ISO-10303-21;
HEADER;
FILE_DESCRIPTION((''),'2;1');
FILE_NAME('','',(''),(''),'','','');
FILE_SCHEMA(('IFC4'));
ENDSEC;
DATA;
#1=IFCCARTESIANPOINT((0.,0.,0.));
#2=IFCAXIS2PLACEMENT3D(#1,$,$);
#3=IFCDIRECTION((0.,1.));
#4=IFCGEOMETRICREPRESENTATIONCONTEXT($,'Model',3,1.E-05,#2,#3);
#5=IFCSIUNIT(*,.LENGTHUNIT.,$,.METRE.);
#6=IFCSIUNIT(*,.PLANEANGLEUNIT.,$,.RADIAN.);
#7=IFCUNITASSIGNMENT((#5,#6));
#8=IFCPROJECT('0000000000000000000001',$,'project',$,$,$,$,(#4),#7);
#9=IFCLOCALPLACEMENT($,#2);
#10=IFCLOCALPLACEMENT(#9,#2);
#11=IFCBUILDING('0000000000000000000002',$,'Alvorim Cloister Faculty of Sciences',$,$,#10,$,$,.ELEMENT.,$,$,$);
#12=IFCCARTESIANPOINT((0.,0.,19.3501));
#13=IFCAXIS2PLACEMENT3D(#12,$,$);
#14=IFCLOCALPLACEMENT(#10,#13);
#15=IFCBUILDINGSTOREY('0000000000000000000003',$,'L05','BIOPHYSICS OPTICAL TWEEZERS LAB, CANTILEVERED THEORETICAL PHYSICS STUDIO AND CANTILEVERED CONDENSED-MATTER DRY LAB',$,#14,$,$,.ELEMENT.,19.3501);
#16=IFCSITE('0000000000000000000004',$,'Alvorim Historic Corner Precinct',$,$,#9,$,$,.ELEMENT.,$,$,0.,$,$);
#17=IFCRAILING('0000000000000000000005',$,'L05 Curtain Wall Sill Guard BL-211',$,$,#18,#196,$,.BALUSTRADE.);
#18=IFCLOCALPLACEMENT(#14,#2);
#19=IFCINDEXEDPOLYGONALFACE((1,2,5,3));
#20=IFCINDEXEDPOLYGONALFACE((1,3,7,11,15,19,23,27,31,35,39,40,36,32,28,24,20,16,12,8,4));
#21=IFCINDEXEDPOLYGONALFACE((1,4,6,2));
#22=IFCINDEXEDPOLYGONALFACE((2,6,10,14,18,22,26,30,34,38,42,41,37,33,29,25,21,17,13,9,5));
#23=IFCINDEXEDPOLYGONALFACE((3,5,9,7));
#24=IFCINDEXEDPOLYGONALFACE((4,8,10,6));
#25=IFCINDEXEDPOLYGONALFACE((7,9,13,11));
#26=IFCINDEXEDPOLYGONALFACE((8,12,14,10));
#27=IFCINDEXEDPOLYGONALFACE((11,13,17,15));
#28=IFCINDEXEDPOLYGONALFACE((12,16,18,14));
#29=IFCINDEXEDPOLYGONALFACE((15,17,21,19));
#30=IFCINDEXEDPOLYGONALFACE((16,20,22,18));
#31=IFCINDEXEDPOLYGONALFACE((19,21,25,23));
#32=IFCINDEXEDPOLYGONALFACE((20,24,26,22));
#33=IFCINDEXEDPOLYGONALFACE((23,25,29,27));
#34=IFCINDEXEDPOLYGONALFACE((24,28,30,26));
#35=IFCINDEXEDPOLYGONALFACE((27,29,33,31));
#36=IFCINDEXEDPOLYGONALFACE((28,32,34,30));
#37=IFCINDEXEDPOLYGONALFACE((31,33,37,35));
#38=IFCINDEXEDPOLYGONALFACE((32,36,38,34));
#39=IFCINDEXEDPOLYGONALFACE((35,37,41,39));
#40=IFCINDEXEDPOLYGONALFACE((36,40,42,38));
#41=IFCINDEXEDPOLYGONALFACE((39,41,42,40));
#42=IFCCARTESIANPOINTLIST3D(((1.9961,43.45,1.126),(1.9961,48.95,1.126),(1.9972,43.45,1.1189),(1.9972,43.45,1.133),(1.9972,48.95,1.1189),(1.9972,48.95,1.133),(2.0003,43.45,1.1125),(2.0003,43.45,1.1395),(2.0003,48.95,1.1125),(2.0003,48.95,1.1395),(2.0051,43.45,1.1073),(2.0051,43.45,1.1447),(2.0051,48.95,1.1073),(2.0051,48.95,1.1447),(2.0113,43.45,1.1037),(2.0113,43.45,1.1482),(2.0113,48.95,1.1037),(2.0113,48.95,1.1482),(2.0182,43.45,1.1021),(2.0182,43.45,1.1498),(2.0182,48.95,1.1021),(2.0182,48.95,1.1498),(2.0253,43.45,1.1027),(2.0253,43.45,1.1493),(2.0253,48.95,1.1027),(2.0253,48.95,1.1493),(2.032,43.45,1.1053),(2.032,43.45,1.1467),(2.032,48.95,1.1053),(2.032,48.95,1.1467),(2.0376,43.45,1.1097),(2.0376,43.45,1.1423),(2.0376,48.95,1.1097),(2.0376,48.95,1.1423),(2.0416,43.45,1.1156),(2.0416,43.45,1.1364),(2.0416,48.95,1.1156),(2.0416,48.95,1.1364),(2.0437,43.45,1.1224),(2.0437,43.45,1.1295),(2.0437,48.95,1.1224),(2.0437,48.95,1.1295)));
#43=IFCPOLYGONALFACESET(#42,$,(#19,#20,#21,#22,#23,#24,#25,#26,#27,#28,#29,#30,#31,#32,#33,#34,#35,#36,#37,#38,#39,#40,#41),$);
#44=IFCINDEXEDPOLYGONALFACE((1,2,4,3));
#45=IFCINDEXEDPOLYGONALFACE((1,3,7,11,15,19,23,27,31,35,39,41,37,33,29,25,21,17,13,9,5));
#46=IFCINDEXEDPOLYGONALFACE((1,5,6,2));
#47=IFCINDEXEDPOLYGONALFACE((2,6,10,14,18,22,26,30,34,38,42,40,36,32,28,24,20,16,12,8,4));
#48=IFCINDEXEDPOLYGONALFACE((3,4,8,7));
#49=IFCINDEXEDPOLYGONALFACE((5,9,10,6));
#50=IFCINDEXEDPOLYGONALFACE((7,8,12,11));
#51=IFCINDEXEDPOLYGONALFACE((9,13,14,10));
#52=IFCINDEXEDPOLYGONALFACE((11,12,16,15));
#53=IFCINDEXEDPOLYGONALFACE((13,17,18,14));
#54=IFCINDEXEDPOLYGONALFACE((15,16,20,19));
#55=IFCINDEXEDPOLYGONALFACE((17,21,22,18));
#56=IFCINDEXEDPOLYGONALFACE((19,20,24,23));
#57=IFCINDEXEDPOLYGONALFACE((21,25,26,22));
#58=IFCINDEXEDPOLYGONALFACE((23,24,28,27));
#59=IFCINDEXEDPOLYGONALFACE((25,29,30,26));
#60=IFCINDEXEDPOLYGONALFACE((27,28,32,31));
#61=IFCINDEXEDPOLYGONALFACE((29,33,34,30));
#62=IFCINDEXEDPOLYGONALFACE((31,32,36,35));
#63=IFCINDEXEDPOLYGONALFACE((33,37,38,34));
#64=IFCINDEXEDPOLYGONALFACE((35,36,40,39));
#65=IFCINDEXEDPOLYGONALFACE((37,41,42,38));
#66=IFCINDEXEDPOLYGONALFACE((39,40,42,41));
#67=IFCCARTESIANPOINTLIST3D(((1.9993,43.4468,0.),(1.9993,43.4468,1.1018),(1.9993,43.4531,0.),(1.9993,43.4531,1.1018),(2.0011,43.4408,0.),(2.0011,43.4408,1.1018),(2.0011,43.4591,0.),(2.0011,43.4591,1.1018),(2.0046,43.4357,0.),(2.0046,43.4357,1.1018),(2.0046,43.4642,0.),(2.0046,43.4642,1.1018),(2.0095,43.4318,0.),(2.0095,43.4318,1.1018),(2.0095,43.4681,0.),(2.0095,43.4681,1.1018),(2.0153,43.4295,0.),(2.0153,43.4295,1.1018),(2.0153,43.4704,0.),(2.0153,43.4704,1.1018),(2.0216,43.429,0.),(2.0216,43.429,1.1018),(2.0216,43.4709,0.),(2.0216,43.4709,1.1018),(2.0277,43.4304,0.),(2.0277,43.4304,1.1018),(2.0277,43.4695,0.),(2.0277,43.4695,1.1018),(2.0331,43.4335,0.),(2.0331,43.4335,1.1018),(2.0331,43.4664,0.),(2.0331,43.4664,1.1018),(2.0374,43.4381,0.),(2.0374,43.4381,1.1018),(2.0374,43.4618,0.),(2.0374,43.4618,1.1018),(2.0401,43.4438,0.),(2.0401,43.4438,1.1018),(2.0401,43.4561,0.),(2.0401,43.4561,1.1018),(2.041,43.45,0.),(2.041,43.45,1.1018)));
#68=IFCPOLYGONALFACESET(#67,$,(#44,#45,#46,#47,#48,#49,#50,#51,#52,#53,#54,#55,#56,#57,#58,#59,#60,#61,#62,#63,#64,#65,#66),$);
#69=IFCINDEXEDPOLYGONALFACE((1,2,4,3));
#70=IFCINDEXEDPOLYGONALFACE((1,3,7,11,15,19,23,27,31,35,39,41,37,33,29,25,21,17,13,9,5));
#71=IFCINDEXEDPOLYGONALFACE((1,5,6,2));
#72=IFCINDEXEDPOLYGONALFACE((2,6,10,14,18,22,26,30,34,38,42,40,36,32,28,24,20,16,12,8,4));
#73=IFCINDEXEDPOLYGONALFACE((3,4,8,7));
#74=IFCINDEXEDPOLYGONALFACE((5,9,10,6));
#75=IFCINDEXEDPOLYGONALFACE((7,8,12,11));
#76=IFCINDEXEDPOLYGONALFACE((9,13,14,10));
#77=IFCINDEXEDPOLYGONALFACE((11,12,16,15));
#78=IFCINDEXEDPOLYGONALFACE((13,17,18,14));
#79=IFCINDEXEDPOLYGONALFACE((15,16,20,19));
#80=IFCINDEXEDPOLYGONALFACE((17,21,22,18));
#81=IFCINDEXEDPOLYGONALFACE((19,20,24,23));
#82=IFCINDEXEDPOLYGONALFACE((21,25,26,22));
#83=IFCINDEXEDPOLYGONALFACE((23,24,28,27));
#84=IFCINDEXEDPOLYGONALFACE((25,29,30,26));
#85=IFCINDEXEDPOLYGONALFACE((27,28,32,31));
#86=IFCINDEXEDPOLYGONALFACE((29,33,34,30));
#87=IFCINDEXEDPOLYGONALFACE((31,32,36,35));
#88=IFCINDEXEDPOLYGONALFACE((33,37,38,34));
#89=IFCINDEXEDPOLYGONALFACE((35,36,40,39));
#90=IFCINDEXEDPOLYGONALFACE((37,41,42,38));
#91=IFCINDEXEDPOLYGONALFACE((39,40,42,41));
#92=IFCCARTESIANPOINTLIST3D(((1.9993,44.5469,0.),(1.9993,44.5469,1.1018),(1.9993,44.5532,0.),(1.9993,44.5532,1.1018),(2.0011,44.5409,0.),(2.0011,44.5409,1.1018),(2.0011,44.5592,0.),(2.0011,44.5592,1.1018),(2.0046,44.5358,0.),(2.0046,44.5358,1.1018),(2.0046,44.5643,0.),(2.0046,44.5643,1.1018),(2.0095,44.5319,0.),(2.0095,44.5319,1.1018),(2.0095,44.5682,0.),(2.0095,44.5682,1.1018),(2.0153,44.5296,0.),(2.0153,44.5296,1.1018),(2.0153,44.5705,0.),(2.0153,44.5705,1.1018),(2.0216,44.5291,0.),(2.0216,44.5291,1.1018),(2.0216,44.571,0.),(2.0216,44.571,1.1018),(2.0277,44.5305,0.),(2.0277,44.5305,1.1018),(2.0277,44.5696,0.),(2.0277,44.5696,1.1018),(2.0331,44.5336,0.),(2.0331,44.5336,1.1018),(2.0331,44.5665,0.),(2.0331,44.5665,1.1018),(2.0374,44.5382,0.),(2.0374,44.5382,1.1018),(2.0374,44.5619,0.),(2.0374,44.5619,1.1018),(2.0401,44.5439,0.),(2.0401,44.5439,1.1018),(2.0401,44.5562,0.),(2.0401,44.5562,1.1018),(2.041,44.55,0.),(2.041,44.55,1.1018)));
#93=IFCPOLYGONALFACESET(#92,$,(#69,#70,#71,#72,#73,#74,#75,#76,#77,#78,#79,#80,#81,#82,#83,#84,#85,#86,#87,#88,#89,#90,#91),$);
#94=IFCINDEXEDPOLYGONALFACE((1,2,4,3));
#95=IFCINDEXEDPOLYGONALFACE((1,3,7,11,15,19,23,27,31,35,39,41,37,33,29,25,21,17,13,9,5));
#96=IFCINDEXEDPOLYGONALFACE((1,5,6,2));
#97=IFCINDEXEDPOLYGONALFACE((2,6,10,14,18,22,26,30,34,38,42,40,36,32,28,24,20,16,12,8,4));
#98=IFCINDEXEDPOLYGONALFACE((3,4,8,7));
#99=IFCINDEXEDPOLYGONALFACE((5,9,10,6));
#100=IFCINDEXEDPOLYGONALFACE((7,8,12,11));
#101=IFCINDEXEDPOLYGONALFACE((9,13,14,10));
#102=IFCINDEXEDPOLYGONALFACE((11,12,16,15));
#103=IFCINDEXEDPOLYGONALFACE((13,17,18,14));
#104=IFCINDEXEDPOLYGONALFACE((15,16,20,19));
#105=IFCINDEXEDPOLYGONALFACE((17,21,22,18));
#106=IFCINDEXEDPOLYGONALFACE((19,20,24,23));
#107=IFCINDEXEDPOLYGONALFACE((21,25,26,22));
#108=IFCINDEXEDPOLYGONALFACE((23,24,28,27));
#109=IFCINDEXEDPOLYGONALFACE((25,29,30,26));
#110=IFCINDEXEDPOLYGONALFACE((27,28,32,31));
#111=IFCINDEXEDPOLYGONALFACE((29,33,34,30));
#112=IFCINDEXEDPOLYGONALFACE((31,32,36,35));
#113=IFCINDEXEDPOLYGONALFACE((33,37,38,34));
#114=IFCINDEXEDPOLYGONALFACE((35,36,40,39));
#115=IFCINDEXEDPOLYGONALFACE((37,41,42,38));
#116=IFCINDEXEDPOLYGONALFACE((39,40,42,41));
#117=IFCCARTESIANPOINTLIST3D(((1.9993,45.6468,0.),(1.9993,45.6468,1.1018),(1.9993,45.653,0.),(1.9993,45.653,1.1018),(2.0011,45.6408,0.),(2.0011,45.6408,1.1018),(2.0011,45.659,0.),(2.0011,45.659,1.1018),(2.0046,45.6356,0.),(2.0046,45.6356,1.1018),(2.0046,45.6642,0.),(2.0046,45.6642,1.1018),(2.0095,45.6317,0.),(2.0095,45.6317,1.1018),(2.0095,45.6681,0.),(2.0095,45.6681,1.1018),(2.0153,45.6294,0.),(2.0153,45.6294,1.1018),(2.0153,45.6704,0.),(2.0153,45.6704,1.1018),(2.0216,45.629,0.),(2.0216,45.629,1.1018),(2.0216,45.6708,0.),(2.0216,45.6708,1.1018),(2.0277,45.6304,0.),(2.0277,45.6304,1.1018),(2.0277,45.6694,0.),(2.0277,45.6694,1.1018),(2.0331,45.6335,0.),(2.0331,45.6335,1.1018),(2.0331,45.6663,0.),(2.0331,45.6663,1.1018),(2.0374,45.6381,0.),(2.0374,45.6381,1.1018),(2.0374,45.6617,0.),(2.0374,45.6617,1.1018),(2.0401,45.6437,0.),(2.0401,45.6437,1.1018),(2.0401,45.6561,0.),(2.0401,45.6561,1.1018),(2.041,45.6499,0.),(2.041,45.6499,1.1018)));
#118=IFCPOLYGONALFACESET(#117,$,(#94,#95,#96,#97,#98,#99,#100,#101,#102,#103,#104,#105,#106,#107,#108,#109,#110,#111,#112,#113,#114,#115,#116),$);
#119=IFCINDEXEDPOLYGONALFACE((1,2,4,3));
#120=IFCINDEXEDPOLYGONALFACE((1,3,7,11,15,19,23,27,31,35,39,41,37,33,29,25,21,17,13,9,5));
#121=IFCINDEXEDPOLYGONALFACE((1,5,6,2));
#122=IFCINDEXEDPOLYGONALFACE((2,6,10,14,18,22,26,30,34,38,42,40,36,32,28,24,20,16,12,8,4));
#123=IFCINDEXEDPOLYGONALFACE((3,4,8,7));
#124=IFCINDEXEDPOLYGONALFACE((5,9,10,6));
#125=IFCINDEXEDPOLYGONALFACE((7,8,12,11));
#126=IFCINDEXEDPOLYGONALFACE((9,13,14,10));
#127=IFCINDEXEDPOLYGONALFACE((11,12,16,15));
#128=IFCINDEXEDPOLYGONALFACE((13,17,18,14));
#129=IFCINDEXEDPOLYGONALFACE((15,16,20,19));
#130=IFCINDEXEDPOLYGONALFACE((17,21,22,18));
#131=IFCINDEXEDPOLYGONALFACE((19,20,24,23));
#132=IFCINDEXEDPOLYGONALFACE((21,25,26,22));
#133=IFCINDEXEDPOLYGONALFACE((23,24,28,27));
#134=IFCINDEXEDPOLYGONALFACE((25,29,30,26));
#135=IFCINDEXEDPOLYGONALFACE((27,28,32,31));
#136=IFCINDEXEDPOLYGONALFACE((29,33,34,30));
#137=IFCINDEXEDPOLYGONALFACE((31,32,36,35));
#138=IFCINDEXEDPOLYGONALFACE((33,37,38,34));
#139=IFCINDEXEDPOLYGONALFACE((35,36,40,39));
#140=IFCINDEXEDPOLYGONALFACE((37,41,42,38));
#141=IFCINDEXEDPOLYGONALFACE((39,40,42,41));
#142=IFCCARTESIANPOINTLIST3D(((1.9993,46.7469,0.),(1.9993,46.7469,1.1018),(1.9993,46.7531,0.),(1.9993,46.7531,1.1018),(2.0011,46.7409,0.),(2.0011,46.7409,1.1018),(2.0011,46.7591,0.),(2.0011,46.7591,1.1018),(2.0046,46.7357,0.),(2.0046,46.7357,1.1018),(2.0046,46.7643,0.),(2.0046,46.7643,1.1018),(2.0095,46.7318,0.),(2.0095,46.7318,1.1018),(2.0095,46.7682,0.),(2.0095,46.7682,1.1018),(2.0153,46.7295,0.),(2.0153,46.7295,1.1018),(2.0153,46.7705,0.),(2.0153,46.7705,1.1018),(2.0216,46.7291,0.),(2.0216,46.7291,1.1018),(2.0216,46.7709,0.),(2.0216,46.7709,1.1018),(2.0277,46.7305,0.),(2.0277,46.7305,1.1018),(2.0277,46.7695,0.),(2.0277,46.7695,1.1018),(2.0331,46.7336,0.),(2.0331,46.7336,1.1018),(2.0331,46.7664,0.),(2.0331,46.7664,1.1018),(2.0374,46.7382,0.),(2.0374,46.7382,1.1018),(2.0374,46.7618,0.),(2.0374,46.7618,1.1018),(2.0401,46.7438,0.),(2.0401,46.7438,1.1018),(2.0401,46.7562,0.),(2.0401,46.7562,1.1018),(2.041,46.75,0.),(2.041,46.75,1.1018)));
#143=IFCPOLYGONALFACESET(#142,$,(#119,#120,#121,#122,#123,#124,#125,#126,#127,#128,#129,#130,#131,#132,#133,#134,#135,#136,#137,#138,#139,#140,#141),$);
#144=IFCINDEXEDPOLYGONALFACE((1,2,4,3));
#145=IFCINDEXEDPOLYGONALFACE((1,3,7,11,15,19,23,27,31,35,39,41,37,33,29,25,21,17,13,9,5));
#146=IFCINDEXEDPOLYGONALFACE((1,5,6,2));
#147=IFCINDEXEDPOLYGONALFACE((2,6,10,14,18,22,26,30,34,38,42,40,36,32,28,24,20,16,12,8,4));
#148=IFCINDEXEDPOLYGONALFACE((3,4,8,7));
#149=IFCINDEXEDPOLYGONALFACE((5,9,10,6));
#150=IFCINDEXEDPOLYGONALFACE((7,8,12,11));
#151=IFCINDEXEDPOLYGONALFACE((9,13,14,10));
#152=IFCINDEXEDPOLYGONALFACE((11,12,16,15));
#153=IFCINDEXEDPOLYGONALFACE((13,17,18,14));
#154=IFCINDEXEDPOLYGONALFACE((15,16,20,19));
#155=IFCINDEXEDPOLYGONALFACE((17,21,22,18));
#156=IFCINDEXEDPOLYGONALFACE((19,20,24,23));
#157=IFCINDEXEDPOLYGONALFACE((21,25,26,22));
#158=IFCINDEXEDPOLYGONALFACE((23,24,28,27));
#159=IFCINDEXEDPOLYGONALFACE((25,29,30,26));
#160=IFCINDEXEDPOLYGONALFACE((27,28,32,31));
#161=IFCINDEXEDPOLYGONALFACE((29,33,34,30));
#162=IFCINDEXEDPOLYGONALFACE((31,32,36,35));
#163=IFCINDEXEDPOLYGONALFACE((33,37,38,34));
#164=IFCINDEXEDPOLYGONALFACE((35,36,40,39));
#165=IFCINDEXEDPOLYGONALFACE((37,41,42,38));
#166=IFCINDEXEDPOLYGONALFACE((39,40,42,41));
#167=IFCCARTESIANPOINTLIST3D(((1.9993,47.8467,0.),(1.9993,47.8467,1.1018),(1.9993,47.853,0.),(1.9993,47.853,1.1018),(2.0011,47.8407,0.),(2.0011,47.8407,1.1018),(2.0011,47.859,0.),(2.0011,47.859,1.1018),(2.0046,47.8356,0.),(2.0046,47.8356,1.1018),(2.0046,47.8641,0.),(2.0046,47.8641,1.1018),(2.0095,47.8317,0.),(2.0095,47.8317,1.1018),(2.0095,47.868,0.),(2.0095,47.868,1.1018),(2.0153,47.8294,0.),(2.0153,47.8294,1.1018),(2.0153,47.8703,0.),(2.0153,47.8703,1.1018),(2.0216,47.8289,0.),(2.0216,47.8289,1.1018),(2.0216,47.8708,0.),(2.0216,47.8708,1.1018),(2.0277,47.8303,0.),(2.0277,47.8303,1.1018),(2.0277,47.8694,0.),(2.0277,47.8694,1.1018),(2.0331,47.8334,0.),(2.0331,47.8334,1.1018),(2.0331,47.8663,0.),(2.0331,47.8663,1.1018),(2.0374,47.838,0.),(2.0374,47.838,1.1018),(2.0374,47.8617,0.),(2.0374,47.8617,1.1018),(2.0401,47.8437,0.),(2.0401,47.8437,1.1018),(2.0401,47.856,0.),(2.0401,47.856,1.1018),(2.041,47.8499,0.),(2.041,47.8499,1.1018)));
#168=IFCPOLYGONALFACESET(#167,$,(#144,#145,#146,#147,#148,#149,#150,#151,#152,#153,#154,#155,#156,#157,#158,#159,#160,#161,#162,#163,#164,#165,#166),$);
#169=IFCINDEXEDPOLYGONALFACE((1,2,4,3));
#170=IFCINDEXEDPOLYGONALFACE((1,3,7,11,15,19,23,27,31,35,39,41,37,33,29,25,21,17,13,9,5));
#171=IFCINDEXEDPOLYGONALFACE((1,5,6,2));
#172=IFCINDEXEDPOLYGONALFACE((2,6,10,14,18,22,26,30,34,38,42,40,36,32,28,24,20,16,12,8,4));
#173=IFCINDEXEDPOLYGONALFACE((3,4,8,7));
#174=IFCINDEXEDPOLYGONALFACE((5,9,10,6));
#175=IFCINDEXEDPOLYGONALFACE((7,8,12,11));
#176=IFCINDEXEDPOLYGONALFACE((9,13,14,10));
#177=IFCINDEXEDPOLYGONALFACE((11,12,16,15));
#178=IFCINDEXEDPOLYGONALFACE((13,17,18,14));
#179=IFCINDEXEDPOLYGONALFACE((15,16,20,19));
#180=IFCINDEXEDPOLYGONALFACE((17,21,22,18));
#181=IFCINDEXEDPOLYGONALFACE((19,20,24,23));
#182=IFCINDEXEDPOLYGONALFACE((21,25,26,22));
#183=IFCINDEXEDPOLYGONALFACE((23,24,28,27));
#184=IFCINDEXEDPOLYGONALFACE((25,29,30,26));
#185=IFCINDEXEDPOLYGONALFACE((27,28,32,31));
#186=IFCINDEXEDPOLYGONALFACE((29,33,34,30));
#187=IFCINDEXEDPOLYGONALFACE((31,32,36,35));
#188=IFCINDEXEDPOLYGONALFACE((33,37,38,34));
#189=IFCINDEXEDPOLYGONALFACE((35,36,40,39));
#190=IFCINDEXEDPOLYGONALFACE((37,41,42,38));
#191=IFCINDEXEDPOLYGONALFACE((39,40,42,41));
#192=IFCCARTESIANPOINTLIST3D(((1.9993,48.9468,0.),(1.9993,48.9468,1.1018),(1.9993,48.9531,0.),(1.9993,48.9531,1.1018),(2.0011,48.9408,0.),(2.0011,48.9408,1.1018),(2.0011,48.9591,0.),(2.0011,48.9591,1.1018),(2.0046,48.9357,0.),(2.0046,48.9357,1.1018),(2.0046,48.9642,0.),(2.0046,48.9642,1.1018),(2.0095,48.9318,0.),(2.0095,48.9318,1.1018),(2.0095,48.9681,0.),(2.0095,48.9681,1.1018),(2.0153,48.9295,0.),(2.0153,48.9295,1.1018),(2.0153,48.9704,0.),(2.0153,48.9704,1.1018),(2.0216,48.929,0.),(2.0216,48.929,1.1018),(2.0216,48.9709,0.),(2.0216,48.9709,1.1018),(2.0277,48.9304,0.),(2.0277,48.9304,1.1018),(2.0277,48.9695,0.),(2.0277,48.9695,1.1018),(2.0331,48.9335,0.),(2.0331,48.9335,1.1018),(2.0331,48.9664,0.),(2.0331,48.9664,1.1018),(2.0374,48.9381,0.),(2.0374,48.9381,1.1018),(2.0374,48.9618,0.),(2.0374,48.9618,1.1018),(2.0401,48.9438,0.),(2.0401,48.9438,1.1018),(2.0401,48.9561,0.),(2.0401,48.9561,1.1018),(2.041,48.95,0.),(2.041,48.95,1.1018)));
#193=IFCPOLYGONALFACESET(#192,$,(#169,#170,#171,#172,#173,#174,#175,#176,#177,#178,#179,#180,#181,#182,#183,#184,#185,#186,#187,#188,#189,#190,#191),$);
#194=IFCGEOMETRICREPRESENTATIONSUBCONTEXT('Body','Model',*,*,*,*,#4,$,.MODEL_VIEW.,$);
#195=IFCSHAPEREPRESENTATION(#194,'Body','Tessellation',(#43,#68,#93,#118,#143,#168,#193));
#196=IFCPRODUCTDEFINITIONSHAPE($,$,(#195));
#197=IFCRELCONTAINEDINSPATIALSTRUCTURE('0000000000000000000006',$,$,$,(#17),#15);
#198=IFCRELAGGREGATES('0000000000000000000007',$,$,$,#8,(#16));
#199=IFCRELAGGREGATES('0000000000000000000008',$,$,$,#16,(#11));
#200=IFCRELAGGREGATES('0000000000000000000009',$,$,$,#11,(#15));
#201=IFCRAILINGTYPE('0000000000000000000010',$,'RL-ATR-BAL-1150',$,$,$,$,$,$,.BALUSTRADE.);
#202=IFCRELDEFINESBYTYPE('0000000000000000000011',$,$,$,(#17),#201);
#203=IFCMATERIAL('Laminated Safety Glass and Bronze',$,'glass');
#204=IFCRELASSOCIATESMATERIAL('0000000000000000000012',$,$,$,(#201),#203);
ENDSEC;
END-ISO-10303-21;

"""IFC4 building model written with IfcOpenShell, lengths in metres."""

from ifc_helpers import new_model, si_unit, direction, frame, origin, origin_2d, place, context, subcontext, project, spatial, circle, extrude, material, type_object, element, save


model = new_model("IFC4")

# Units and contexts
model_context = context("Model", 3, precision=1e-05, world=origin(), true_north=direction((0.0, 1.0)))
body_context = subcontext(model_context, "Body", "Model", "MODEL_VIEW")
ifc_project = project(units=[si_unit("LENGTHUNIT", "METRE"), si_unit("PLANEANGLEUNIT", "RADIAN")], contexts=[model_context])

# Site, building, storey
site_placement = place(None, origin())
site = spatial("IfcSite", under=ifc_project, at=site_placement, Name="Alvorim Historic Corner Precinct", CompositionType="ELEMENT", RefElevation=0.0)
building_placement = place(site_placement, origin())
building = spatial("IfcBuilding", under=site, at=building_placement, Name="Alvorim Cloister Faculty of Sciences", CompositionType="ELEMENT")
storey_placement = place(building_placement, frame((0.0, 0.0, 19.3501)))
storey = spatial("IfcBuildingStorey", under=building, at=storey_placement, Name="L05", Description="BIOPHYSICS OPTICAL TWEEZERS LAB, CANTILEVERED THEORETICAL PHYSICS STUDIO AND CANTILEVERED CONDENSED-MATTER DRY LAB", CompositionType="ELEMENT", Elevation=19.3501)

# Railing
ifc_material_1 = material(Name="Laminated Safety Glass and Bronze", Category="glass")
railing_type = type_object("IfcRailingType", Name="RL-ATR-BAL-1150", PredefinedType="BALUSTRADE", material=ifc_material_1)
railing_1_placement = place(storey_placement, frame((2.02, 43.45, 0.0)))
element("IfcRailing", 1, at=railing_1_placement, inside=storey, type_object=railing_type, Name="L05 Curtain Wall Sill Guard BL-211", PredefinedType="BALUSTRADE", context=body_context, shape_type="SweptSolid", body=[
    extrude(circle(Radius=0.0239, at=origin_2d()), frame((0.0, 0.0, 1.126), z_axis=(0.0, 1.0, 0.0), x_axis=(-1.0, 0.0, 0.0)), (0.0, 0.0, 1.0), 5.5),
    extrude(circle(Radius=0.021, at=origin_2d()), origin(), (0.0, 0.0, 1.0), 1.1018),
    extrude(circle(Radius=0.021, at=origin_2d()), frame((0.0, 1.1001, 0.0)), (0.0, 0.0, 1.0), 1.1018),
    extrude(circle(Radius=0.021, at=origin_2d()), frame((0.0, 2.2, 0.0)), (0.0, 0.0, 1.0), 1.1018),
    extrude(circle(Radius=0.021, at=origin_2d()), frame((0.0, 3.3, 0.0)), (0.0, 0.0, 1.0), 1.1018),
    extrude(circle(Radius=0.021, at=origin_2d()), frame((0.0, 4.3999, 0.0)), (0.0, 0.0, 1.0), 1.1018),
    extrude(circle(Radius=0.021, at=origin_2d()), frame((0.0, 5.5, 0.0)), (0.0, 0.0, 1.0), 1.1018),
])

save(model, "model.ifc")
